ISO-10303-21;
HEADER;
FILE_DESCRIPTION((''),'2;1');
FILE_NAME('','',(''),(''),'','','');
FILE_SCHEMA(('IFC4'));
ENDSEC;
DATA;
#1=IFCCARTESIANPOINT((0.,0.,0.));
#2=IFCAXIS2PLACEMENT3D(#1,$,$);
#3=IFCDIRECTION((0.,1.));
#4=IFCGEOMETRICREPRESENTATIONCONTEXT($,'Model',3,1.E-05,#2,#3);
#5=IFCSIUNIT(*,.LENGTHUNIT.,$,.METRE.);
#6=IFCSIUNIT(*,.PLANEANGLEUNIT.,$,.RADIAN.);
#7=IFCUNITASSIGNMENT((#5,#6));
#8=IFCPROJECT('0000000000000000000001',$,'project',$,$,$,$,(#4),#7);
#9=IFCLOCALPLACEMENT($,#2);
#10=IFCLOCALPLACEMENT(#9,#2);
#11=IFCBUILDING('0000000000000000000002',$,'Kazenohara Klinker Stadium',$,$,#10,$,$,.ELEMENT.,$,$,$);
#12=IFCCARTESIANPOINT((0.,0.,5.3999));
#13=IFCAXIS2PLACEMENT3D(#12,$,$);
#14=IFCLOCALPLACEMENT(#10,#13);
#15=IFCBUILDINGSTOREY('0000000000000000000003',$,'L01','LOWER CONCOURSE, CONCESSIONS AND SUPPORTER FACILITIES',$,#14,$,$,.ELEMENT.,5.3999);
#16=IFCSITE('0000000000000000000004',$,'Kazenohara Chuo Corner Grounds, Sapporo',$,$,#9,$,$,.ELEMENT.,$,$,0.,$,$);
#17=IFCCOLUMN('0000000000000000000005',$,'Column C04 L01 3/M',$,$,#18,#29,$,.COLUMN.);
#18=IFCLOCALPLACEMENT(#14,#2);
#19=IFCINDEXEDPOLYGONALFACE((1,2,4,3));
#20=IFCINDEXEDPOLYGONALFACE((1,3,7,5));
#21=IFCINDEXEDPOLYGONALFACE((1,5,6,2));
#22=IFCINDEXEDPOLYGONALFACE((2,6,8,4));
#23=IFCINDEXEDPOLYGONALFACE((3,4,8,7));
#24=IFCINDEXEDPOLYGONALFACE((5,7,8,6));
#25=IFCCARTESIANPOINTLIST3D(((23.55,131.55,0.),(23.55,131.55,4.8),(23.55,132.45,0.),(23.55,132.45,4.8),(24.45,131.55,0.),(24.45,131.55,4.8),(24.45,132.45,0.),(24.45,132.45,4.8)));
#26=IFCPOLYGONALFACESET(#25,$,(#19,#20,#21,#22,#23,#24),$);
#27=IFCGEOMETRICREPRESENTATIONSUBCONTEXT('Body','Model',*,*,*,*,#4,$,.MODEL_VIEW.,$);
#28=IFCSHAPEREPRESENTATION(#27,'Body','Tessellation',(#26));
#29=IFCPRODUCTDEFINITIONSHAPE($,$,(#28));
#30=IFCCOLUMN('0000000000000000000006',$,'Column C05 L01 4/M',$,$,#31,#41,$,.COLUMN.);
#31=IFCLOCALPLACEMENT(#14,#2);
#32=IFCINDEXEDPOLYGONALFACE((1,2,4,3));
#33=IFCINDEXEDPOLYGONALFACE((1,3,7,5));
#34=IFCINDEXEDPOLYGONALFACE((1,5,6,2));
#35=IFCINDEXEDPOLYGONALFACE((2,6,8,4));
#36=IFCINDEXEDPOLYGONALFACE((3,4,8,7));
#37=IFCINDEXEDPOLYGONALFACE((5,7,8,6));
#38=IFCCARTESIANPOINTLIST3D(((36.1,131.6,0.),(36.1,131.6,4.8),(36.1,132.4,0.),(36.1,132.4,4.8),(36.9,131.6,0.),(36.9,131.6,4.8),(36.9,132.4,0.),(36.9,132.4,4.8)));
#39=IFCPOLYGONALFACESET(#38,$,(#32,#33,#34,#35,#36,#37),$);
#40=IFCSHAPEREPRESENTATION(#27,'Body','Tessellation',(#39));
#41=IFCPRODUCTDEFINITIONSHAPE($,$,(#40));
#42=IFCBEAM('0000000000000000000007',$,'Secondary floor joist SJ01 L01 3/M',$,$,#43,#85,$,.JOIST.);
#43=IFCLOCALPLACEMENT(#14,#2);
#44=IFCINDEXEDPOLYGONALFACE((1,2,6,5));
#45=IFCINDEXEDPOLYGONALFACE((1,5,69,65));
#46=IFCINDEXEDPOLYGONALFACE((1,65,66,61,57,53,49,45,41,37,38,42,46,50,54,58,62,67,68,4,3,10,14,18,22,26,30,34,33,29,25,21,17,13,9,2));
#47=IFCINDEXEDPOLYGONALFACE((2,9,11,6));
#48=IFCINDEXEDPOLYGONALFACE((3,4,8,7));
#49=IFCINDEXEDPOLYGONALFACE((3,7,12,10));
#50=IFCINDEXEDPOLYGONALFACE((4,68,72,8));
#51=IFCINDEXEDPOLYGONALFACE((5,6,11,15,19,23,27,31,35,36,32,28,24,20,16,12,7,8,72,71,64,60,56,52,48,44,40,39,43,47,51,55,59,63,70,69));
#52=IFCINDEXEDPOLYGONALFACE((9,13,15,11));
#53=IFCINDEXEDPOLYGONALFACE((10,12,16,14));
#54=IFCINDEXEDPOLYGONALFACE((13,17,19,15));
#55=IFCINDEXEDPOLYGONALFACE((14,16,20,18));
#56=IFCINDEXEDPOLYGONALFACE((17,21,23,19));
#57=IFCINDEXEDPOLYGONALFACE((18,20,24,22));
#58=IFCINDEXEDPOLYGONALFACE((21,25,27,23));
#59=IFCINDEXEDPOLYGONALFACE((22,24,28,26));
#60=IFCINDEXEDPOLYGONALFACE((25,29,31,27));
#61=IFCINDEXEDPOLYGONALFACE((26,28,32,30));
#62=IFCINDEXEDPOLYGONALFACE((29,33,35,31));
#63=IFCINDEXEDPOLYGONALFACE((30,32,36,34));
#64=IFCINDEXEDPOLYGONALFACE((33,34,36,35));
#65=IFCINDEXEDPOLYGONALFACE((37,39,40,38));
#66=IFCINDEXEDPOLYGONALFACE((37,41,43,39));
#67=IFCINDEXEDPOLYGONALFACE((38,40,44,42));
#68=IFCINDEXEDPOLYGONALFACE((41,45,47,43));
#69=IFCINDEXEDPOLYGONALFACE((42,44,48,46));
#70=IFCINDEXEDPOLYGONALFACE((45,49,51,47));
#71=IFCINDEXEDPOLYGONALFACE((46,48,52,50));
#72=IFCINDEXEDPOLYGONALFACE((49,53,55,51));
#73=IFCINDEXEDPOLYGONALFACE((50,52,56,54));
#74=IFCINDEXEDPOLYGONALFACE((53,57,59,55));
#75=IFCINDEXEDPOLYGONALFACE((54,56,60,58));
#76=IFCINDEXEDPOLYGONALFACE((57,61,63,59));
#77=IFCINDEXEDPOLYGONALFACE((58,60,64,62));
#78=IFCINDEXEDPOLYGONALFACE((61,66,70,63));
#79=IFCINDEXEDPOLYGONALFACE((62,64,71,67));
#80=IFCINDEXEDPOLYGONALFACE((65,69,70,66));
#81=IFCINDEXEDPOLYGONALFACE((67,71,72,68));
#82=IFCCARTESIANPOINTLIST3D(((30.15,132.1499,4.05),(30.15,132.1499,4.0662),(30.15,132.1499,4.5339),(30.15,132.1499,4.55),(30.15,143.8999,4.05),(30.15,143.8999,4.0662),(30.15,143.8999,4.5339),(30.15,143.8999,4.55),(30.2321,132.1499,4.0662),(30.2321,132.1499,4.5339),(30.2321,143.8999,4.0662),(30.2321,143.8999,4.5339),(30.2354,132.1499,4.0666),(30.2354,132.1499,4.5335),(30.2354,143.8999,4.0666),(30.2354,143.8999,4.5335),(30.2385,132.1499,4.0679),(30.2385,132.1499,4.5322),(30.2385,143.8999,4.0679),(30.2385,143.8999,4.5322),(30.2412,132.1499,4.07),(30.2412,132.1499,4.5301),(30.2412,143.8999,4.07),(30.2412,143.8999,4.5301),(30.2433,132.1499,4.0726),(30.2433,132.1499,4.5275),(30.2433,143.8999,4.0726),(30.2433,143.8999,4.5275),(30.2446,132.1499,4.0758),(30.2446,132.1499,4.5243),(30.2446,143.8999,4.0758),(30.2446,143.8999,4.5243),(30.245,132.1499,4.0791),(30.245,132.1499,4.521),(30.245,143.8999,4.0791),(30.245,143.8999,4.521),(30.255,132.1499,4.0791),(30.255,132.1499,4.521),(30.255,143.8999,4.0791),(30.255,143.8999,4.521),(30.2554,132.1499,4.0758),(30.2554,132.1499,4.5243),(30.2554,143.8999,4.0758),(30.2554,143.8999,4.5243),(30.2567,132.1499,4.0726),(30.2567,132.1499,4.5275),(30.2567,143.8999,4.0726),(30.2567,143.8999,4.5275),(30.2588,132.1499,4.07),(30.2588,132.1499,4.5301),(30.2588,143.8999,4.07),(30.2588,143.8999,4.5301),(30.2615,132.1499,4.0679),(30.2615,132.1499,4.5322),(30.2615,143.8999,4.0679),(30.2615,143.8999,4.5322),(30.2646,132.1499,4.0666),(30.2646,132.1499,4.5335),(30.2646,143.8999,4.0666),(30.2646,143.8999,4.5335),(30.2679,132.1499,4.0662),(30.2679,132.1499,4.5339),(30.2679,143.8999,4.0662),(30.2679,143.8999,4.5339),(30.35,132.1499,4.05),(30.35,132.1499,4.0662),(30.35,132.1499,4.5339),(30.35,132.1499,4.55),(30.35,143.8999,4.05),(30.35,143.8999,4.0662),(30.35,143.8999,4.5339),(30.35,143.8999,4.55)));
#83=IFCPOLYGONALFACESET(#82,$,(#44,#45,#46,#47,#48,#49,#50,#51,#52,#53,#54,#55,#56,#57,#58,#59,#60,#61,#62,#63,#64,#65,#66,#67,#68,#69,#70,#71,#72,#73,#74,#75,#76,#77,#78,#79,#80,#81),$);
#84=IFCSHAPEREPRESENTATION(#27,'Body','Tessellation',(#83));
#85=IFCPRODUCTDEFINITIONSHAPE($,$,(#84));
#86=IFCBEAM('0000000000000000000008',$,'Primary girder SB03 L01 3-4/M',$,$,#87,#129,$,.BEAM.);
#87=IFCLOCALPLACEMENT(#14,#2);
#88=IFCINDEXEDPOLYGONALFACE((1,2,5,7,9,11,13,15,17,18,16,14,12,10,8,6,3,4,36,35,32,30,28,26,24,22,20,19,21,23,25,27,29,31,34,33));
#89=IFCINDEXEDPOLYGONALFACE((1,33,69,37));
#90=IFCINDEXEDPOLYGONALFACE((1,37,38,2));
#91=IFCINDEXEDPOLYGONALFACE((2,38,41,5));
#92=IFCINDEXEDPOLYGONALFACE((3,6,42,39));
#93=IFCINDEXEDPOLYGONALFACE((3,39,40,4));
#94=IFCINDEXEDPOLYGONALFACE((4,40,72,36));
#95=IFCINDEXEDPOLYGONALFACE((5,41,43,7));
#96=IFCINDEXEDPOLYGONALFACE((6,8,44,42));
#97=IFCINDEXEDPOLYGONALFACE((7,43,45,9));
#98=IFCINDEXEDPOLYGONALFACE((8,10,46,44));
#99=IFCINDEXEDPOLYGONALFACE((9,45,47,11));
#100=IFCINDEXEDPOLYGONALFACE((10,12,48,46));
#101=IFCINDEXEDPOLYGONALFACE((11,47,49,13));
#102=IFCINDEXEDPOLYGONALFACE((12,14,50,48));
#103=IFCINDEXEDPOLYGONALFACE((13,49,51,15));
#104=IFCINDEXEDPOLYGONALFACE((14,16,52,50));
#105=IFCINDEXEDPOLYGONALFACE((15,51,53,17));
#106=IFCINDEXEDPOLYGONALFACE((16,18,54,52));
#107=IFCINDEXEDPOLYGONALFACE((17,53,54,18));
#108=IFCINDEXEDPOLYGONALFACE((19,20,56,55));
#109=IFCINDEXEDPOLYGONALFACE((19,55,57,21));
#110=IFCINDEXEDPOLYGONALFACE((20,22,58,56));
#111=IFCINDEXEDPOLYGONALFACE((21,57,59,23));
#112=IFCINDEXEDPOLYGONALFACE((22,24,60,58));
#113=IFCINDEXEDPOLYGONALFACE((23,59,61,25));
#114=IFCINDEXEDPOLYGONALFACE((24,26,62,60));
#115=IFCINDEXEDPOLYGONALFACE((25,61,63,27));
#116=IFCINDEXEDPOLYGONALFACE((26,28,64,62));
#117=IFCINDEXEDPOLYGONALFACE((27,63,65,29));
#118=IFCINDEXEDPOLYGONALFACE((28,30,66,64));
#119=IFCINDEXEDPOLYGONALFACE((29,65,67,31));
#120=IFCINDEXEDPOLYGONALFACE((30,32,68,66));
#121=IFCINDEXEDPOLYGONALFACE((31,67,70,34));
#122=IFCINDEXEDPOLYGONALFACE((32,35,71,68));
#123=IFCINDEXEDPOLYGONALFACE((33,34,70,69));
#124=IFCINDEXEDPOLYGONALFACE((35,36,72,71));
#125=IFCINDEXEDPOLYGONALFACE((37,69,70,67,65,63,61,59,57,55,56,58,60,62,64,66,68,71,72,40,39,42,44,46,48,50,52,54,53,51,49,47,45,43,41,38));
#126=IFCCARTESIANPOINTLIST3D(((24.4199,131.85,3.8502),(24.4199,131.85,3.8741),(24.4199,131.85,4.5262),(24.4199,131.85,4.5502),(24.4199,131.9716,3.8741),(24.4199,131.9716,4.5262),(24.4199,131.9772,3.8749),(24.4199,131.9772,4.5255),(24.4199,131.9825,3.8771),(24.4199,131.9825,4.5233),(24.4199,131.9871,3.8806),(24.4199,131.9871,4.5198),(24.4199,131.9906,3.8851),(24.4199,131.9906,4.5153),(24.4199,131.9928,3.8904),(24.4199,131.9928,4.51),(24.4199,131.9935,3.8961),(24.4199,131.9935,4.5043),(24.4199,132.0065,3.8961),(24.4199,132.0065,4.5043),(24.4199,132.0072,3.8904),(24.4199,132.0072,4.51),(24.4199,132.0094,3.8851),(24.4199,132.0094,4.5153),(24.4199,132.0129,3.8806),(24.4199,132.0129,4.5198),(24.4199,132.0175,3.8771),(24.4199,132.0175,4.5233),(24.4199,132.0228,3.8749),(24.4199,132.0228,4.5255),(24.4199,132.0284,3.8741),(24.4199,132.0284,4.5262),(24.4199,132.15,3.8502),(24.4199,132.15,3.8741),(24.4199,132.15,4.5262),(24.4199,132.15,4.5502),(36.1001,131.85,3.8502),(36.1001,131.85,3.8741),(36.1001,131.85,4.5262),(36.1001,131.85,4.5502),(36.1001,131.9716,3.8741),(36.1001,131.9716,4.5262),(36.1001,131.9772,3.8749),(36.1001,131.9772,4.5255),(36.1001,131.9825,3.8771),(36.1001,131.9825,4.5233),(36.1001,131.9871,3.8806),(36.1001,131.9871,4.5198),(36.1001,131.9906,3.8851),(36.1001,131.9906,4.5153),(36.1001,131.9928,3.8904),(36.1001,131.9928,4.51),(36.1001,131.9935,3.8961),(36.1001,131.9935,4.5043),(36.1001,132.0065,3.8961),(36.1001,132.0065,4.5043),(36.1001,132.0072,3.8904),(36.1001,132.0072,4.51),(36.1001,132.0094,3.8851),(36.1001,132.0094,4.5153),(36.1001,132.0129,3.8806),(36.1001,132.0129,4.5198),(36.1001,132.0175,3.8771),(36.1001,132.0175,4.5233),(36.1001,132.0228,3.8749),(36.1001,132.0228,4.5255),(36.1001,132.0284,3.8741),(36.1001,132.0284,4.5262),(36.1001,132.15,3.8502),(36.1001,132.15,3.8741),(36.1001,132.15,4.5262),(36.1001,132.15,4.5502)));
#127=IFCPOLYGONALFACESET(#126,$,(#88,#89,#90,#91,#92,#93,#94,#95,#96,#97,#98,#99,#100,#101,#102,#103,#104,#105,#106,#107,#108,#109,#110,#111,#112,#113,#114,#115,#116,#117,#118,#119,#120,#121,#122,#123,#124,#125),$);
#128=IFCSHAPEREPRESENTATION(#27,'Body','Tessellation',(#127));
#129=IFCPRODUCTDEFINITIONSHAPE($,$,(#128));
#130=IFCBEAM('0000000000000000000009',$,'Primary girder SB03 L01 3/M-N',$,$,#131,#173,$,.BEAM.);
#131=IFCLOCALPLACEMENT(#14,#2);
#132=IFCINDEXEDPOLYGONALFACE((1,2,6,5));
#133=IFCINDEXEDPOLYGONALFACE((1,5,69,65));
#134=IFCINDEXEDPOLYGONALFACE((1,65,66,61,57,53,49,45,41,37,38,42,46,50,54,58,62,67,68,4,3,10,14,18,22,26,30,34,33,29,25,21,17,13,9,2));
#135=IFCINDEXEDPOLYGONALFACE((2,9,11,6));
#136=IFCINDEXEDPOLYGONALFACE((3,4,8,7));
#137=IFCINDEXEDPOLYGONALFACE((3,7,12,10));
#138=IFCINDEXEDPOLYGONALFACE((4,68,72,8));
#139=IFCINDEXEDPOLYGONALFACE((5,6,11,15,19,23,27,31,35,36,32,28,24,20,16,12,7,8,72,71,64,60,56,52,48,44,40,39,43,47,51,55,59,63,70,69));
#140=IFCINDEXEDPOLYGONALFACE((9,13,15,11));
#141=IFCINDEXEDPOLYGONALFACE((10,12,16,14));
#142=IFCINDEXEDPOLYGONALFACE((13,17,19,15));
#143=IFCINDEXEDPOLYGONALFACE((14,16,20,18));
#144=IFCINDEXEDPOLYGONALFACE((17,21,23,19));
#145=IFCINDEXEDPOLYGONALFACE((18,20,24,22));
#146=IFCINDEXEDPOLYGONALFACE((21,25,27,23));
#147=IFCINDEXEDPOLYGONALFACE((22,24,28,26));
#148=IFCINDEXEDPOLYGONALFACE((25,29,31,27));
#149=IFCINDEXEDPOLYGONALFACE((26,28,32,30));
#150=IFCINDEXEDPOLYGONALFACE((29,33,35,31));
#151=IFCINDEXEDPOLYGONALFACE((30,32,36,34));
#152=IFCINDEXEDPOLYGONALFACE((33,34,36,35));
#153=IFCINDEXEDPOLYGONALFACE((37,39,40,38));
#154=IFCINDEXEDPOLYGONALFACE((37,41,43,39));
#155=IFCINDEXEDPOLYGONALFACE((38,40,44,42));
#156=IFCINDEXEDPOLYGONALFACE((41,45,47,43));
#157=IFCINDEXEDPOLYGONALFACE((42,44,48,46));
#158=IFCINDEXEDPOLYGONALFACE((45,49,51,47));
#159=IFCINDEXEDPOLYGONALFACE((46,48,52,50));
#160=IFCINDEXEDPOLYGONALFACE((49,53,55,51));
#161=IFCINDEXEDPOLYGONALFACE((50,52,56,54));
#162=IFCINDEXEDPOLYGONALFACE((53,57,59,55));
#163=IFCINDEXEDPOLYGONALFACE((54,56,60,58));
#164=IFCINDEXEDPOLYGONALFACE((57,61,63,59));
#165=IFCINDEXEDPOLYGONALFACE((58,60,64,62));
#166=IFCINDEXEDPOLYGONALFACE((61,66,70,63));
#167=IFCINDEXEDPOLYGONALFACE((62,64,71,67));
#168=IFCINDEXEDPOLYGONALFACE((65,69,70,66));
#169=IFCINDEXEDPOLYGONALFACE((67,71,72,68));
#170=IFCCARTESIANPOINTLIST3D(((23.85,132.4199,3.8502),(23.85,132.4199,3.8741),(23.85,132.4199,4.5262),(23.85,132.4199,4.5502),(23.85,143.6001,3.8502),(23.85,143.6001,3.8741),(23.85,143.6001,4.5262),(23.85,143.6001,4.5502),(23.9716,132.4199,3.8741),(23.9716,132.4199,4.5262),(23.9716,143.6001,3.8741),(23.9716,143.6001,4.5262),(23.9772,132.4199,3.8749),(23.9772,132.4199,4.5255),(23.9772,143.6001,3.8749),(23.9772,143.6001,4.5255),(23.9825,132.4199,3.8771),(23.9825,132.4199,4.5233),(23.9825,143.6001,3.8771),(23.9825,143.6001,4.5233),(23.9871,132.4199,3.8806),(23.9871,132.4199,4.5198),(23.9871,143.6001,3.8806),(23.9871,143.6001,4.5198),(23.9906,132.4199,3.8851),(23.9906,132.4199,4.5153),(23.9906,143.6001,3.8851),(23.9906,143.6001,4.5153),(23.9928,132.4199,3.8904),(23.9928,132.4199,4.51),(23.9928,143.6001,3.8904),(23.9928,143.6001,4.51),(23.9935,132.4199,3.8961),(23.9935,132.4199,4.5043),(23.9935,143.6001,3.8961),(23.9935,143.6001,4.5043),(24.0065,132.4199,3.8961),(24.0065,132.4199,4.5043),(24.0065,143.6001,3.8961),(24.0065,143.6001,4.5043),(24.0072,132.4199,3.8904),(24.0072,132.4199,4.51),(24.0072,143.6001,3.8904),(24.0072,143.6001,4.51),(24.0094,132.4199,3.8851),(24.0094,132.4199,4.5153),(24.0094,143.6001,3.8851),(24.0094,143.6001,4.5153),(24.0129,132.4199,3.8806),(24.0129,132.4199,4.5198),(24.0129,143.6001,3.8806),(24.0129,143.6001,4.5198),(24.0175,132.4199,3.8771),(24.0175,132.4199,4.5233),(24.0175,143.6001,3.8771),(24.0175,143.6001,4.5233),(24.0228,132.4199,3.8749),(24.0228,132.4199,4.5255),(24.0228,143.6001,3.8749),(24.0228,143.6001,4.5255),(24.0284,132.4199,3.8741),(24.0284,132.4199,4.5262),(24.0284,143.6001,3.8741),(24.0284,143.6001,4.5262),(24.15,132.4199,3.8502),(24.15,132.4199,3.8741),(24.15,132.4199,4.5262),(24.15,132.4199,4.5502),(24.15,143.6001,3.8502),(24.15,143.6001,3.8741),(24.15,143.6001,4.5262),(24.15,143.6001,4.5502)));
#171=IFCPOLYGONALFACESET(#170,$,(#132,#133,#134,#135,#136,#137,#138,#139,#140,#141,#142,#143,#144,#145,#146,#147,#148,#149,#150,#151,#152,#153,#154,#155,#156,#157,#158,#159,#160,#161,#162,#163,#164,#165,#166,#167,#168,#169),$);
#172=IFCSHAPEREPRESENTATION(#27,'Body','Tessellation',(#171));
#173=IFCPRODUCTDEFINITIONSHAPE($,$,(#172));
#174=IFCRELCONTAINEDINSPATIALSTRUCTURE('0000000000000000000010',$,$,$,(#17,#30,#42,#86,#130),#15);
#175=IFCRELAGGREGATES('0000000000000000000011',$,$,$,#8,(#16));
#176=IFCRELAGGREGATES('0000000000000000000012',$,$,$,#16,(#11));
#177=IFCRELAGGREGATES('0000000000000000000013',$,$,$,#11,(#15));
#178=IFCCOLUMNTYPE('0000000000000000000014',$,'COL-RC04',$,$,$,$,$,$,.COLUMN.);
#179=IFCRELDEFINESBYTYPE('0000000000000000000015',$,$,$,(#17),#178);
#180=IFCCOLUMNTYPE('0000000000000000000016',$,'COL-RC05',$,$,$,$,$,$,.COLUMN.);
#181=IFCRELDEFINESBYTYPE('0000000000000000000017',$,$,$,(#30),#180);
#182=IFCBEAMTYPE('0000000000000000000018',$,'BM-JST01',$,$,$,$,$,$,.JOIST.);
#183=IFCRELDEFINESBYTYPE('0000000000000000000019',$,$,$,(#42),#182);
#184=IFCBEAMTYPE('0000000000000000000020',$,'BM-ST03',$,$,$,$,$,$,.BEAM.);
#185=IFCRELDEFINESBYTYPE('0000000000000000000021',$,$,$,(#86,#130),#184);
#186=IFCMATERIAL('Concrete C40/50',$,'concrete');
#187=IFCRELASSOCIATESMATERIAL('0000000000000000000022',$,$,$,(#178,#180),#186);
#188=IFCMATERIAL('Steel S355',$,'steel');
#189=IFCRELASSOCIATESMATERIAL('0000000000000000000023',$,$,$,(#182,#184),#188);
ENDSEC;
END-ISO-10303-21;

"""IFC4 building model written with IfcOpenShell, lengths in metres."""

from ifc_helpers import new_model, si_unit, direction, frame, origin, origin_2d, place, context, subcontext, project, spatial, rectangle, i_section, extrude, material, material_profile, profile_set, type_object, element, save


model = new_model("IFC4")

# Units and contexts
model_context = context("Model", 3, precision=1e-05, world=origin(), true_north=direction((0.0, 1.0)))
body_context = subcontext(model_context, "Body", "Model", "MODEL_VIEW")
ifc_project = project(units=[si_unit("LENGTHUNIT", "METRE"), si_unit("PLANEANGLEUNIT", "RADIAN")], contexts=[model_context])

# Site, building, storey
site_placement = place(None, origin())
site = spatial("IfcSite", under=ifc_project, at=site_placement, Name="Kazenohara Chuo Corner Grounds, Sapporo", CompositionType="ELEMENT", RefElevation=0.0)
building_placement = place(site_placement, origin())
building = spatial("IfcBuilding", under=site, at=building_placement, Name="Kazenohara Klinker Stadium", CompositionType="ELEMENT")
storey_placement = place(building_placement, frame((0.0, 0.0, 5.3999)))
storey = spatial("IfcBuildingStorey", under=building, at=storey_placement, Name="L01", Description="LOWER CONCOURSE, CONCESSIONS AND SUPPORTER FACILITIES", CompositionType="ELEMENT", Elevation=5.3999)

# Columns
ifc_material_1 = material(Name="Concrete C40/50", Category="concrete")
ifc_material_profile_1 = material_profile(ifc_material_1, rectangle(XDim=0.8999, YDim=0.8999, at=origin_2d()), Name="RC-COL-900x900")
ifc_profile_set_1 = profile_set([ifc_material_profile_1], Name="Concrete C40/50")
column_type_1 = type_object("IfcColumnType", Name="COL-RC04", PredefinedType="COLUMN", material=ifc_profile_set_1)
column_1_placement = place(storey_placement, frame((24.0, 132.0, 0.0), z_axis=(0.0, 0.0, 1.0), x_axis=(1.0, 0.0, 0.0)))
element("IfcColumn", 1, at=column_1_placement, inside=storey, type_object=column_type_1, Name="Column C04 L01 3/M", PredefinedType="COLUMN", context=body_context, shape_type="SweptSolid", body=[
    extrude(rectangle(XDim=0.8999, YDim=0.8999, at=origin_2d()), origin(), (0.0, 0.0, 1.0), 4.8),
])
ifc_material_profile_2 = material_profile(ifc_material_1, rectangle(XDim=0.8, YDim=0.8, at=origin_2d()), Name="RC-COL-800x800")
ifc_profile_set_2 = profile_set([ifc_material_profile_2], Name="Concrete C40/50")
column_type_2 = type_object("IfcColumnType", Name="COL-RC05", PredefinedType="COLUMN", material=ifc_profile_set_2)
column_2_placement = place(storey_placement, frame((36.5, 132.0, 0.0), z_axis=(0.0, 0.0, 1.0), x_axis=(1.0, 0.0, 0.0)))
element("IfcColumn", 2, at=column_2_placement, inside=storey, type_object=column_type_2, Name="Column C05 L01 4/M", PredefinedType="COLUMN", context=body_context, shape_type="SweptSolid", body=[
    extrude(rectangle(XDim=0.8, YDim=0.8, at=origin_2d()), origin(), (0.0, 0.0, 1.0), 4.8),
])

# Beams
ifc_material_2 = material(Name="Steel S355", Category="steel")
ifc_material_profile_3 = material_profile(ifc_material_2, i_section(OverallWidth=0.2, OverallDepth=0.5, WebThickness=0.01, FlangeThickness=0.0161, FilletRadius=0.0129, at=origin_2d()), Name="H-500x200x10x16")
ifc_profile_set_3 = profile_set([ifc_material_profile_3], Name="Steel S355")
beam_type_1 = type_object("IfcBeamType", Name="BM-JST01", PredefinedType="JOIST", material=ifc_profile_set_3)
beam_1_placement = place(storey_placement, frame((30.25, 132.1499, 4.3), z_axis=(0.0, 1.0, 0.0), x_axis=(-1.0, 0.0, 0.0)))
element("IfcBeam", 3, at=beam_1_placement, inside=storey, type_object=beam_type_1, Name="Secondary floor joist SJ01 L01 3/M", PredefinedType="JOIST", context=body_context, shape_type="SweptSolid", body=[
    extrude(i_section(OverallWidth=0.2, OverallDepth=0.5, WebThickness=0.01, FlangeThickness=0.0161, FilletRadius=0.0129, at=origin_2d()), origin(), (0.0, 0.0, 1.0), 11.75),
])
ifc_material_profile_4 = material_profile(ifc_material_2, i_section(OverallWidth=0.3, OverallDepth=0.7, WebThickness=0.0129, FlangeThickness=0.0239, FilletRadius=0.022, at=origin_2d()), Name="H-700x300x13x24")
ifc_profile_set_4 = profile_set([ifc_material_profile_4], Name="Steel S355")
beam_type_2 = type_object("IfcBeamType", Name="BM-ST03", PredefinedType="BEAM", material=ifc_profile_set_4)
beam_2_placement = place(storey_placement, frame((24.4199, 132.0, 4.2002), z_axis=(1.0, 0.0, 0.0), x_axis=(0.0, 1.0, 0.0)))
element("IfcBeam", 4, at=beam_2_placement, inside=storey, type_object=beam_type_2, Name="Primary girder SB03 L01 3-4/M", PredefinedType="BEAM", context=body_context, shape_type="SweptSolid", body=[
    extrude(i_section(OverallWidth=0.3, OverallDepth=0.7, WebThickness=0.0129, FlangeThickness=0.0239, FilletRadius=0.022, at=origin_2d()), origin(), (0.0, 0.0, 1.0), 11.6802),
])
beam_3_placement = place(storey_placement, frame((24.0, 132.4199, 4.2002), z_axis=(0.0, 1.0, 0.0), x_axis=(-1.0, 0.0, 0.0)))
element("IfcBeam", 5, at=beam_3_placement, inside=storey, type_object=beam_type_2, Name="Primary girder SB03 L01 3/M-N", PredefinedType="BEAM", context=body_context, shape_type="SweptSolid", body=[
    extrude(i_section(OverallWidth=0.3, OverallDepth=0.7, WebThickness=0.0129, FlangeThickness=0.0239, FilletRadius=0.022, at=origin_2d()), origin(), (0.0, 0.0, 1.0), 11.1802),
])

save(model, "model.ifc")
